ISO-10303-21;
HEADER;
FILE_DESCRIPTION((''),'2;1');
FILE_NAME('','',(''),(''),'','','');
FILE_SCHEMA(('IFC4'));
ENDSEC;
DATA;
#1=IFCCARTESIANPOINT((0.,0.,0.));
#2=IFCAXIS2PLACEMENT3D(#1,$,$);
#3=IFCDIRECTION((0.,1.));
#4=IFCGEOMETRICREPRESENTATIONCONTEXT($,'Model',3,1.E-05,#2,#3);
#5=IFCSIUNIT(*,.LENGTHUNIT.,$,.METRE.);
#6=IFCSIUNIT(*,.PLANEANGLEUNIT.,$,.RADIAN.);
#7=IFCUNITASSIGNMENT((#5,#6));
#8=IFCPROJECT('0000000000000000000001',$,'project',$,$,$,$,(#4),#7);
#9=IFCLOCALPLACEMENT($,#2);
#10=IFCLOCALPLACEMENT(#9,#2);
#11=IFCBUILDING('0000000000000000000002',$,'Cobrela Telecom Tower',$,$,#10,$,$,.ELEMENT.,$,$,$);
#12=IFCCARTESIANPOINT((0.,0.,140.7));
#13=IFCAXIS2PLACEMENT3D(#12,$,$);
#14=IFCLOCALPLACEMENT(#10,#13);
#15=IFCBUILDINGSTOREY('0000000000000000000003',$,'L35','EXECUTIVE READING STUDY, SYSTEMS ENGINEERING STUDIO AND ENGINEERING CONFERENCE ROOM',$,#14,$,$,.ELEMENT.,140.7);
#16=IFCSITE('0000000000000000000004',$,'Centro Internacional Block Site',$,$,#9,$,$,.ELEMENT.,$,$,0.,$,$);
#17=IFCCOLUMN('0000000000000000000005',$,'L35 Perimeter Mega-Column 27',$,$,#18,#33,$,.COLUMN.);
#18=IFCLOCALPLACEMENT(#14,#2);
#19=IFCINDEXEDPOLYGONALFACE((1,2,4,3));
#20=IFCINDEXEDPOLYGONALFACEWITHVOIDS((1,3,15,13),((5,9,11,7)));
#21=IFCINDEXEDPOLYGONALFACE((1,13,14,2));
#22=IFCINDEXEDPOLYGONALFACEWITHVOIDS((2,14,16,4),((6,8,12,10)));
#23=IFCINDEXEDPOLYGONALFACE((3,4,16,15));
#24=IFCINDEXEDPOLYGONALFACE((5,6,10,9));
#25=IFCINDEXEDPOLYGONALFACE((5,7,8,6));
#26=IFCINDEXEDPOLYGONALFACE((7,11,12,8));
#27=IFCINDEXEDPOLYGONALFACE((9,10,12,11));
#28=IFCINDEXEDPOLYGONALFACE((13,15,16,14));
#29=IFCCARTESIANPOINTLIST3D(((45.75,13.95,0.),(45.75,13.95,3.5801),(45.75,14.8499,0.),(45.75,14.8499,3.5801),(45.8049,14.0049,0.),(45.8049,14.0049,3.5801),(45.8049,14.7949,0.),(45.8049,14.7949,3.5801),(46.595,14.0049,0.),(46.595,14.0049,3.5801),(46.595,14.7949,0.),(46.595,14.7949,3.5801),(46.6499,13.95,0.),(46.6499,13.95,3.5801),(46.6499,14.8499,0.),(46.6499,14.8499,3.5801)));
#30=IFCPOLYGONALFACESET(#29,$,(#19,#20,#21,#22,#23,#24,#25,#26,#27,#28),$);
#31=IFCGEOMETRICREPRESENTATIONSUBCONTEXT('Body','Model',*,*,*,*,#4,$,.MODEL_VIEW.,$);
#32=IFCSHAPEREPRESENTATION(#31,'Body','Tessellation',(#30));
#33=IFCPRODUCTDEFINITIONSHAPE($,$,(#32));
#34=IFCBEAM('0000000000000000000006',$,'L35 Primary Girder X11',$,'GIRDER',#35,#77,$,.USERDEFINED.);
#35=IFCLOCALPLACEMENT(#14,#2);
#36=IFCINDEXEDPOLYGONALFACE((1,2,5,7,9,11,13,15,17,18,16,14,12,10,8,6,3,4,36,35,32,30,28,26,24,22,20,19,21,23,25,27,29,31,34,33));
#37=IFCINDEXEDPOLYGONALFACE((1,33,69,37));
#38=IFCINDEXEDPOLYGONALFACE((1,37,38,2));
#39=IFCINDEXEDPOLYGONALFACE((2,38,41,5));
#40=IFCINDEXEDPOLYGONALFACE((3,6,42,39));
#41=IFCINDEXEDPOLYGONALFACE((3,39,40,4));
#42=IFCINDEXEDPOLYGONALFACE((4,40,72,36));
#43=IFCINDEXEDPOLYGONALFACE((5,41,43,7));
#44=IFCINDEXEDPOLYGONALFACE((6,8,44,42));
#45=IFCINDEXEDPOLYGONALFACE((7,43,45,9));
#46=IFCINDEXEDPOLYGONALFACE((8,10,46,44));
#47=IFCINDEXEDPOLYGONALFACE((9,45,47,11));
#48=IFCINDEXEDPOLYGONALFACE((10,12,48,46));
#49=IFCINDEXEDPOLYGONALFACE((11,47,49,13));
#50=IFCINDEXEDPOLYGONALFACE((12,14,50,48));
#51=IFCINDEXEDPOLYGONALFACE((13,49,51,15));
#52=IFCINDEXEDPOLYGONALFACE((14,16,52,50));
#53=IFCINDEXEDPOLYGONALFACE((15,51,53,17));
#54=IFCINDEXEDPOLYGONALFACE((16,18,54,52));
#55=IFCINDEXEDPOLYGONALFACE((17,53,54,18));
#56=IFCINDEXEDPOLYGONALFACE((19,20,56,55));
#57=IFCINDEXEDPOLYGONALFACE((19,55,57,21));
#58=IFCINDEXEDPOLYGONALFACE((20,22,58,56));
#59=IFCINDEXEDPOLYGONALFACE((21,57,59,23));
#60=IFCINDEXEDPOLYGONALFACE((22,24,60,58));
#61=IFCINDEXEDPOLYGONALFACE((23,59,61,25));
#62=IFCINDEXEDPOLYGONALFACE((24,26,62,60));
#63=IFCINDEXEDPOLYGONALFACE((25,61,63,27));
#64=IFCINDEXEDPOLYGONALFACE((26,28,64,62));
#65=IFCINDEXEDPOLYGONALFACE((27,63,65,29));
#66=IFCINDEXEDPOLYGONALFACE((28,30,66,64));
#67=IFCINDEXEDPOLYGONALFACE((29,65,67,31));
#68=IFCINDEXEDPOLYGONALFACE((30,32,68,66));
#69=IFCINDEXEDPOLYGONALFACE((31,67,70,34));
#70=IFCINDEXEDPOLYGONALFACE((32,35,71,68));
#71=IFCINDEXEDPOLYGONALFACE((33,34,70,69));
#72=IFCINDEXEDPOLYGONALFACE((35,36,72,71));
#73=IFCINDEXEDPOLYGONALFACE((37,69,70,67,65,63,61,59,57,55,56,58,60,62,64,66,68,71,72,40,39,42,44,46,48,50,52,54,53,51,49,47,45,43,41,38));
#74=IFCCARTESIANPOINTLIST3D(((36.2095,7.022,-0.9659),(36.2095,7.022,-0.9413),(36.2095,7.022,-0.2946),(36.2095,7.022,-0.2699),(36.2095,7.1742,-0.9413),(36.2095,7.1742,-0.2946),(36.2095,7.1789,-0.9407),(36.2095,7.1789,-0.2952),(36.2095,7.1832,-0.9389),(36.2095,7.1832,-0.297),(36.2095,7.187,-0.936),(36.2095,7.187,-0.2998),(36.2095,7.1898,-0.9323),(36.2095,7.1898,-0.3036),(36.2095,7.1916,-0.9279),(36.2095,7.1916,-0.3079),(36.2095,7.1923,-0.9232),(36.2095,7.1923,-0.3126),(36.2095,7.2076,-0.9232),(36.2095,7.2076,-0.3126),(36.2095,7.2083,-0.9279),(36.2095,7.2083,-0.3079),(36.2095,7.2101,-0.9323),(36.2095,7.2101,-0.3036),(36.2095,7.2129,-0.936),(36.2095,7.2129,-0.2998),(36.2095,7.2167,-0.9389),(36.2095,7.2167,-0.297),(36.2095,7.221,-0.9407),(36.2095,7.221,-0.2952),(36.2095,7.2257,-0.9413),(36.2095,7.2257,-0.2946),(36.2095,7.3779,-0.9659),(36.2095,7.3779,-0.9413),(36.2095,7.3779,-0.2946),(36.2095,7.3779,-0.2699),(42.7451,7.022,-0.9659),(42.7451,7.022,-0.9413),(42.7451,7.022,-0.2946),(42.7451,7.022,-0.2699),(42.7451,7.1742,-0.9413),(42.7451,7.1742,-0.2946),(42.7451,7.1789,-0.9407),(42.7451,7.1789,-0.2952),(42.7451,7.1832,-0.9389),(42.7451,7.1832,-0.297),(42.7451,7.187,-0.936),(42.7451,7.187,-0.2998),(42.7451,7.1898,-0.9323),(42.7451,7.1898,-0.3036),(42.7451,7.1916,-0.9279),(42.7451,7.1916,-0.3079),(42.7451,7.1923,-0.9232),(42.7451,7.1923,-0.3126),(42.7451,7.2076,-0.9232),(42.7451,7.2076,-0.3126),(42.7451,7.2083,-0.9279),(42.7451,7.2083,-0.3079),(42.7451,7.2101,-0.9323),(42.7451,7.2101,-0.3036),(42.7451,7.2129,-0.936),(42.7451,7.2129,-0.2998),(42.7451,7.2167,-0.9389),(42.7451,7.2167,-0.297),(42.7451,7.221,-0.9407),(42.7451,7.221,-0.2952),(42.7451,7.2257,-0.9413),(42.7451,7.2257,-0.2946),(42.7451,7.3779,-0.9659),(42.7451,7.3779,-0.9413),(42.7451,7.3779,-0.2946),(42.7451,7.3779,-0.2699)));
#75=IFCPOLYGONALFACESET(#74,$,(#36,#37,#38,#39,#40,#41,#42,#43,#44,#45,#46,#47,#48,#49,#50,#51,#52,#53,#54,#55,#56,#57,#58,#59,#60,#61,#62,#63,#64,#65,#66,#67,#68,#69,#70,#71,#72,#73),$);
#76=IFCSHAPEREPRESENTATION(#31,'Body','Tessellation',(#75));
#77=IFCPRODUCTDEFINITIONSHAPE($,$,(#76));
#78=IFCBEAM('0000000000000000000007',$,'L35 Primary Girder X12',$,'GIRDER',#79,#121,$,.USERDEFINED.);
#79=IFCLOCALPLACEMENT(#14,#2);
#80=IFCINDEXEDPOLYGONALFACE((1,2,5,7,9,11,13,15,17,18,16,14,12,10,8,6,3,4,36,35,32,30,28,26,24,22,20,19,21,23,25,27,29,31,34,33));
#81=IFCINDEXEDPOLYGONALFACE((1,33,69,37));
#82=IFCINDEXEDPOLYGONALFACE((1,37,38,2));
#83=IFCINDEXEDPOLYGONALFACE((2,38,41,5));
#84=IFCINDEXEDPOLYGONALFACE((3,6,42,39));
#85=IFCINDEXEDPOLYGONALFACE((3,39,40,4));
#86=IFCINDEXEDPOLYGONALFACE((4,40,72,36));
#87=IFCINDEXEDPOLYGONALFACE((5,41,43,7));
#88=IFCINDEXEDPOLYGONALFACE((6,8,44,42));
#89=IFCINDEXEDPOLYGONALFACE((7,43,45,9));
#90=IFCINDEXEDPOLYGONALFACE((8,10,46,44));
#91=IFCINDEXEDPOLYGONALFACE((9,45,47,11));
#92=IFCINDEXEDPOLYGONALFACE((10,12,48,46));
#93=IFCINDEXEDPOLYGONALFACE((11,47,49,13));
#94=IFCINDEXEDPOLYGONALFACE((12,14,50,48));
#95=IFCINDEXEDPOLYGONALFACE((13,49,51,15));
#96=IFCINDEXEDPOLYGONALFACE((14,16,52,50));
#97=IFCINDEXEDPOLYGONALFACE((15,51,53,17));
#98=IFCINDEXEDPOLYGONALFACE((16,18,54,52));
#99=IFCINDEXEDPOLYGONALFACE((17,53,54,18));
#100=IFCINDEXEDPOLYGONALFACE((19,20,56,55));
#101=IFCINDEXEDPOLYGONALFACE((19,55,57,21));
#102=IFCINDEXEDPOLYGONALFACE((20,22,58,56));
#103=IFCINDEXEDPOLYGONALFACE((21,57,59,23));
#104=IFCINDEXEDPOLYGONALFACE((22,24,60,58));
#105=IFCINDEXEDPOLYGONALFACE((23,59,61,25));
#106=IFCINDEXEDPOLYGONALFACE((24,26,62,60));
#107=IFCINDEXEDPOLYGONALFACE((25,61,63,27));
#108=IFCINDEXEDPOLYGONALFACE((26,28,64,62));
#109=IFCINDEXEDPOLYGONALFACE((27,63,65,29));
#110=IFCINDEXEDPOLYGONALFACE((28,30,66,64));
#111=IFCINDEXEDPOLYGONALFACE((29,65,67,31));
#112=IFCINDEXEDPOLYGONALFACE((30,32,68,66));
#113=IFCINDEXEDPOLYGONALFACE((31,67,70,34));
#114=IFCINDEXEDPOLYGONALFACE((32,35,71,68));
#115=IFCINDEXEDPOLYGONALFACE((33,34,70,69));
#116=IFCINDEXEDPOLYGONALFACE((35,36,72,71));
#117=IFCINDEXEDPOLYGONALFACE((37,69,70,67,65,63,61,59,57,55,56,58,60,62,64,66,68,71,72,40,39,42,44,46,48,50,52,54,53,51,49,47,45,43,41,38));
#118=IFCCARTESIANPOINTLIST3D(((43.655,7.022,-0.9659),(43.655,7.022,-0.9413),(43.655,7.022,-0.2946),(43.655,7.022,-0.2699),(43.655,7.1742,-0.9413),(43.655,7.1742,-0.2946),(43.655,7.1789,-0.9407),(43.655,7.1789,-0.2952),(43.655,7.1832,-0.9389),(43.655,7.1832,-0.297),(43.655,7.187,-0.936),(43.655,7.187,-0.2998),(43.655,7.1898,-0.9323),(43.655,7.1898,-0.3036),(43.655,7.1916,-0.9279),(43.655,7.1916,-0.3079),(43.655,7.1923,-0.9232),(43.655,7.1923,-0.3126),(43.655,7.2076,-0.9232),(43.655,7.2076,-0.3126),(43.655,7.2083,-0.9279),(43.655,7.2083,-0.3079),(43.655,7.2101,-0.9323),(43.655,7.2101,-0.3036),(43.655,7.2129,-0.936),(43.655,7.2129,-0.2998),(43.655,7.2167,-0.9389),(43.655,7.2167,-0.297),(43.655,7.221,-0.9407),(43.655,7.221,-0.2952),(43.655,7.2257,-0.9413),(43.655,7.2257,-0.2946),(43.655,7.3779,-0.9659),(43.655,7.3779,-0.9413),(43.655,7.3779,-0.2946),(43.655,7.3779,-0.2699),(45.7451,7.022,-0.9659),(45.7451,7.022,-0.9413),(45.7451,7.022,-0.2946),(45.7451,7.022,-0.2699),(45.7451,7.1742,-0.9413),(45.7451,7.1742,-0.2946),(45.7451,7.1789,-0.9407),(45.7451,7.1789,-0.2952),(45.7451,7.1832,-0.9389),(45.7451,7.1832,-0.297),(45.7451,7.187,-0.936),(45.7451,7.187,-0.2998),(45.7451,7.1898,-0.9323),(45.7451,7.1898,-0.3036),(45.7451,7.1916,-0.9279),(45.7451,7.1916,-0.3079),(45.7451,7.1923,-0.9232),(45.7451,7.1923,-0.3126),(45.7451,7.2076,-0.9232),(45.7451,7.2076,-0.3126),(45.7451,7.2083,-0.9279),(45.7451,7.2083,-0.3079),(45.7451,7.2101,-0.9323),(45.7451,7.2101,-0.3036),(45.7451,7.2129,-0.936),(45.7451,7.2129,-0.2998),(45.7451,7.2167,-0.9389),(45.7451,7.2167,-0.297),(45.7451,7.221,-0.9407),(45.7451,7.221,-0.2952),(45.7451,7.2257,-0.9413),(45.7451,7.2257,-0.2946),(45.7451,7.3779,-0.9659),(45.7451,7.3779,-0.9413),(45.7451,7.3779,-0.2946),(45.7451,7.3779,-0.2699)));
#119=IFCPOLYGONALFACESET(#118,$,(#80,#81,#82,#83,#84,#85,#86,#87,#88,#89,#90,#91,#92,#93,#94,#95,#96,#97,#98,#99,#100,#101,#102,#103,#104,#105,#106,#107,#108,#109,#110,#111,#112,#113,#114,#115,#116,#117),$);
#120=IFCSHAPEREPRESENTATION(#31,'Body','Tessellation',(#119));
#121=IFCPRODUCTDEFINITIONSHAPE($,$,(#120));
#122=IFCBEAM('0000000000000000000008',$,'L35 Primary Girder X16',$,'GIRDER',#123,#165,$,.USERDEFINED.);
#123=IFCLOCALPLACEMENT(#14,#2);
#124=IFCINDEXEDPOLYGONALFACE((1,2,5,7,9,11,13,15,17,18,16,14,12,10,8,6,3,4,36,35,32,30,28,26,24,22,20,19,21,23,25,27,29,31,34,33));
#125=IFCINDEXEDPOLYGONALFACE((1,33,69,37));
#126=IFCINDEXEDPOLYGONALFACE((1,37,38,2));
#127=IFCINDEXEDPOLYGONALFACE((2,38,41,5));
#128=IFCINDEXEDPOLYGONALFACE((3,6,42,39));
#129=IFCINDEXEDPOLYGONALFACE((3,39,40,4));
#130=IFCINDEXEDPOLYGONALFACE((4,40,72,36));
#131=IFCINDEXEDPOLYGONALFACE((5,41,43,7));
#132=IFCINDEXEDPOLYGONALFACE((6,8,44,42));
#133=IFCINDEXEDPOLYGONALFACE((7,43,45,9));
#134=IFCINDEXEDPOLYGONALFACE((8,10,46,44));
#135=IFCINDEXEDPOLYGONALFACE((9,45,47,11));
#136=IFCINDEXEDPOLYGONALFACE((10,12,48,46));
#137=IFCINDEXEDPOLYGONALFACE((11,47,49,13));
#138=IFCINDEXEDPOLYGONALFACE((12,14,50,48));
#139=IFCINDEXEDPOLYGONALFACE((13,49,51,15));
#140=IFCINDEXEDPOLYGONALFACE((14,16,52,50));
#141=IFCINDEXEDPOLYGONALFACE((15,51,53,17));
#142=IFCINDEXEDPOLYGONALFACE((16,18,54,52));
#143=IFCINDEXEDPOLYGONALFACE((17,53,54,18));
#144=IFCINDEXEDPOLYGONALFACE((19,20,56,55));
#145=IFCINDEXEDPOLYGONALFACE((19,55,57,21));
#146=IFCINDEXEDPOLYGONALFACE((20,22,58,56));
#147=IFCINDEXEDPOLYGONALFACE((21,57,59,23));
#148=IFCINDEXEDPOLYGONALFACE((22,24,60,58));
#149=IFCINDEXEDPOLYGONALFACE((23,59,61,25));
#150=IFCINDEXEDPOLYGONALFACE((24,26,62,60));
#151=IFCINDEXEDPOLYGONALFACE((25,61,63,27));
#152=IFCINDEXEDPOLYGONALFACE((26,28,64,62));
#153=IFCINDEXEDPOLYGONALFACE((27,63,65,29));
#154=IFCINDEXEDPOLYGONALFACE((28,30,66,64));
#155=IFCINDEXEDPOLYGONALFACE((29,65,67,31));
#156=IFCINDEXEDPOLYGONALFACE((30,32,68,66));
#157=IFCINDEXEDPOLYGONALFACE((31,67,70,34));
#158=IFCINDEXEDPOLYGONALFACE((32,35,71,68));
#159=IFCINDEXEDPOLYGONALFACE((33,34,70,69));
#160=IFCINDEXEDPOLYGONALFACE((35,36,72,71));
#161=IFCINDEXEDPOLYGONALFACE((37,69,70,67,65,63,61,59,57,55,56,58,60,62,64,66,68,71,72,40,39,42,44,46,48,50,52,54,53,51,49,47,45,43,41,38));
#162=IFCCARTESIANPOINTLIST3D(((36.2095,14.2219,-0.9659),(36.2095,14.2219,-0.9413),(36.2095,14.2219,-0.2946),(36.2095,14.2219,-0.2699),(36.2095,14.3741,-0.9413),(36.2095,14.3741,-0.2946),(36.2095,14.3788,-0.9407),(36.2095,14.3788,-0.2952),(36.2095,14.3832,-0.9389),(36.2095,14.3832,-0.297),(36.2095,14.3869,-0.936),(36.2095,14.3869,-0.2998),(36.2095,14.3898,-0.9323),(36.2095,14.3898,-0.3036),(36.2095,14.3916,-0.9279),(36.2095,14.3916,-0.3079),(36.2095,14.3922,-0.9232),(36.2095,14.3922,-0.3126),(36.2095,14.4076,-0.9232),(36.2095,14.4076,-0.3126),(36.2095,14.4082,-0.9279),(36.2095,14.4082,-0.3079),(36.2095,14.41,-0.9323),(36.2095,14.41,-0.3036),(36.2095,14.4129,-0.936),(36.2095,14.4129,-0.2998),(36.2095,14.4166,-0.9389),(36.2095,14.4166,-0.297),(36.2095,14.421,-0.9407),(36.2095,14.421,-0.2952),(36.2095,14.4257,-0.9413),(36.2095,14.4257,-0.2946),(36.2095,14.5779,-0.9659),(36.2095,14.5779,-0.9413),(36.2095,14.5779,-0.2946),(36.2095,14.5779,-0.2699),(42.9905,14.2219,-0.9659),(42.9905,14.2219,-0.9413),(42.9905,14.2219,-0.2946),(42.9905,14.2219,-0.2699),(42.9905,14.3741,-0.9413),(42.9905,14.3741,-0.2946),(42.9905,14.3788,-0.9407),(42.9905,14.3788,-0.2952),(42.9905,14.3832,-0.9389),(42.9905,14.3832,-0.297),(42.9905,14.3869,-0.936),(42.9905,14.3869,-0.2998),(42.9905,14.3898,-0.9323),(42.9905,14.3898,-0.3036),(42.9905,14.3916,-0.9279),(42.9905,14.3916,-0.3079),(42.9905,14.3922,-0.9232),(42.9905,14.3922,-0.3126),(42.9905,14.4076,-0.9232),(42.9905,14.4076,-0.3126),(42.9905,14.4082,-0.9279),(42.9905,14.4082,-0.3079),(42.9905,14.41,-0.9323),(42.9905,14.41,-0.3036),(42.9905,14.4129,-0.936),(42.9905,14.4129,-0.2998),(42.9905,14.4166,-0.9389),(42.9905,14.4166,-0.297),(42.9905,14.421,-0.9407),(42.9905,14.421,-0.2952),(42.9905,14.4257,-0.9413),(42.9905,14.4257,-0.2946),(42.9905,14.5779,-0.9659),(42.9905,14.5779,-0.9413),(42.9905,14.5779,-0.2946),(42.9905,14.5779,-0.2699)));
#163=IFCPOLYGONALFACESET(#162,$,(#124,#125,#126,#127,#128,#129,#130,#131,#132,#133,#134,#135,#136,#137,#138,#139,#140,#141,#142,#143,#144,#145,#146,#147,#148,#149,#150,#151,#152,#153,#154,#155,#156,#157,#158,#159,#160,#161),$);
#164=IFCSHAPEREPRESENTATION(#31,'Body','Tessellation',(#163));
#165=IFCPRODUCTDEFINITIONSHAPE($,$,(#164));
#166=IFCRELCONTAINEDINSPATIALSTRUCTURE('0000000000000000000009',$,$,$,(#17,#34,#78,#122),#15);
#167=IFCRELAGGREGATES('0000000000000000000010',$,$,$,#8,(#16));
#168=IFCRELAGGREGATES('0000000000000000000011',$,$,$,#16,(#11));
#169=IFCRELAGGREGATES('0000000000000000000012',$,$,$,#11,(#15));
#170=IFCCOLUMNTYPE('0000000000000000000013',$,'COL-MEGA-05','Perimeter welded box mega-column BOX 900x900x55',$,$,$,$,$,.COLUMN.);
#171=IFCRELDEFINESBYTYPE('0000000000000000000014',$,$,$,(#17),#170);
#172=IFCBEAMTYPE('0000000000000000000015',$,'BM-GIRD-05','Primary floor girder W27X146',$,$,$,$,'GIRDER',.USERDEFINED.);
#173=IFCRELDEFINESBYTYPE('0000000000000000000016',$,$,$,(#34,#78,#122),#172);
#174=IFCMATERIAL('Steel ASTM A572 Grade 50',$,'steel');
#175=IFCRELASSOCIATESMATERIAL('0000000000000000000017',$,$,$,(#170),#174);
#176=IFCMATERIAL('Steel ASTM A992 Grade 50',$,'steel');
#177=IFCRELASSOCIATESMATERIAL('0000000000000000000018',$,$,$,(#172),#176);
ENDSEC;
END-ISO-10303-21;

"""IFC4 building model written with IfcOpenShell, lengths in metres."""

from ifc_helpers import new_model, si_unit, direction, frame, origin, origin_2d, place, context, subcontext, project, spatial, hollow_rectangle, i_section, extrude, material, material_profile, profile_set, type_object, element, save


model = new_model("IFC4")

# Units and contexts
model_context = context("Model", 3, precision=1e-05, world=origin(), true_north=direction((0.0, 1.0)))
body_context = subcontext(model_context, "Body", "Model", "MODEL_VIEW")
ifc_project = project(units=[si_unit("LENGTHUNIT", "METRE"), si_unit("PLANEANGLEUNIT", "RADIAN")], contexts=[model_context])

# Site, building, storey
site_placement = place(None, origin())
site = spatial("IfcSite", under=ifc_project, at=site_placement, Name="Centro Internacional Block Site", CompositionType="ELEMENT", RefElevation=0.0)
building_placement = place(site_placement, origin())
building = spatial("IfcBuilding", under=site, at=building_placement, Name="Cobrela Telecom Tower", CompositionType="ELEMENT")
storey_placement = place(building_placement, frame((0.0, 0.0, 140.7)))
storey = spatial("IfcBuildingStorey", under=building, at=storey_placement, Name="L35", Description="EXECUTIVE READING STUDY, SYSTEMS ENGINEERING STUDIO AND ENGINEERING CONFERENCE ROOM", CompositionType="ELEMENT", Elevation=140.7)

# Column
ifc_material_1 = material(Name="Steel ASTM A992 Grade 50", Category="steel")
ifc_material_2 = material(Name="Steel ASTM A572 Grade 50", Category="steel")
ifc_material_profile_1 = material_profile(ifc_material_2, hollow_rectangle(XDim=0.8999, YDim=0.8999, WallThickness=0.0549, at=origin_2d()), Name="BOX 900x900x55")
ifc_profile_set_1 = profile_set([ifc_material_profile_1], Name="Steel ASTM A572 Grade 50")
column_type_1 = type_object("IfcColumnType", Name="COL-MEGA-05", Description="Perimeter welded box mega-column BOX 900x900x55", PredefinedType="COLUMN", material=ifc_profile_set_1)
for number, where, z_axis, x_axis, name in (
    (1, (46.2, 14.3999, 0.0), (0.0, 0.0, 1.0), (1.0, 0.0, 0.0), "L35 Perimeter Mega-Column 27"),
):
    element("IfcColumn", number, at=place(storey_placement, frame(where, z_axis=z_axis, x_axis=x_axis)), inside=storey, type_object=column_type_1, Name=name, PredefinedType="COLUMN", context=body_context, shape_type="SweptSolid", body=[
        extrude(hollow_rectangle(XDim=0.8999, YDim=0.8999, WallThickness=0.0549, at=origin_2d()), origin(), (0.0, 0.0, 1.0), 3.5801),
    ])

# Beams
ifc_material_profile_2 = material_profile(ifc_material_1, i_section(OverallWidth=0.356, OverallDepth=0.696, WebThickness=0.0154, FlangeThickness=0.0247, FilletRadius=0.0181, at=origin_2d()), Name="W27X146")
ifc_profile_set_2 = profile_set([ifc_material_profile_2], Name="Steel ASTM A992 Grade 50")
beam_type_1 = type_object("IfcBeamType", Name="BM-GIRD-05", Description="Primary floor girder W27X146", ElementType="GIRDER", PredefinedType="USERDEFINED", material=ifc_profile_set_2)
beam_1_placement = place(storey_placement, frame((36.2095, 7.2, -0.6179), z_axis=(1.0, 0.0, 0.0), x_axis=(0.0, 1.0, 0.0)))
element("IfcBeam", 2, at=beam_1_placement, inside=storey, type_object=beam_type_1, Name="L35 Primary Girder X11", ObjectType="GIRDER", PredefinedType="USERDEFINED", context=body_context, shape_type="SweptSolid", body=[
    extrude(i_section(OverallWidth=0.356, OverallDepth=0.696, WebThickness=0.0154, FlangeThickness=0.0247, FilletRadius=0.0181, at=origin_2d()), origin(), (0.0, 0.0, 1.0), 6.5356),
])
beam_2_placement = place(storey_placement, frame((43.655, 7.2, -0.6179), z_axis=(1.0, 0.0, 0.0), x_axis=(0.0, 1.0, 0.0)))
element("IfcBeam", 3, at=beam_2_placement, inside=storey, type_object=beam_type_1, Name="L35 Primary Girder X12", ObjectType="GIRDER", PredefinedType="USERDEFINED", context=body_context, shape_type="SweptSolid", body=[
    extrude(i_section(OverallWidth=0.356, OverallDepth=0.696, WebThickness=0.0154, FlangeThickness=0.0247, FilletRadius=0.0181, at=origin_2d()), origin(), (0.0, 0.0, 1.0), 2.0901),
])
beam_3_placement = place(storey_placement, frame((36.2095, 14.3999, -0.6179), z_axis=(1.0, 0.0, 0.0), x_axis=(0.0, 1.0, 0.0)))
element("IfcBeam", 4, at=beam_3_placement, inside=storey, type_object=beam_type_1, Name="L35 Primary Girder X16", ObjectType="GIRDER", PredefinedType="USERDEFINED", context=body_context, shape_type="SweptSolid", body=[
    extrude(i_section(OverallWidth=0.356, OverallDepth=0.696, WebThickness=0.0154, FlangeThickness=0.0247, FilletRadius=0.0181, at=origin_2d()), origin(), (0.0, 0.0, 1.0), 6.781),
])

save(model, "model.ifc")
